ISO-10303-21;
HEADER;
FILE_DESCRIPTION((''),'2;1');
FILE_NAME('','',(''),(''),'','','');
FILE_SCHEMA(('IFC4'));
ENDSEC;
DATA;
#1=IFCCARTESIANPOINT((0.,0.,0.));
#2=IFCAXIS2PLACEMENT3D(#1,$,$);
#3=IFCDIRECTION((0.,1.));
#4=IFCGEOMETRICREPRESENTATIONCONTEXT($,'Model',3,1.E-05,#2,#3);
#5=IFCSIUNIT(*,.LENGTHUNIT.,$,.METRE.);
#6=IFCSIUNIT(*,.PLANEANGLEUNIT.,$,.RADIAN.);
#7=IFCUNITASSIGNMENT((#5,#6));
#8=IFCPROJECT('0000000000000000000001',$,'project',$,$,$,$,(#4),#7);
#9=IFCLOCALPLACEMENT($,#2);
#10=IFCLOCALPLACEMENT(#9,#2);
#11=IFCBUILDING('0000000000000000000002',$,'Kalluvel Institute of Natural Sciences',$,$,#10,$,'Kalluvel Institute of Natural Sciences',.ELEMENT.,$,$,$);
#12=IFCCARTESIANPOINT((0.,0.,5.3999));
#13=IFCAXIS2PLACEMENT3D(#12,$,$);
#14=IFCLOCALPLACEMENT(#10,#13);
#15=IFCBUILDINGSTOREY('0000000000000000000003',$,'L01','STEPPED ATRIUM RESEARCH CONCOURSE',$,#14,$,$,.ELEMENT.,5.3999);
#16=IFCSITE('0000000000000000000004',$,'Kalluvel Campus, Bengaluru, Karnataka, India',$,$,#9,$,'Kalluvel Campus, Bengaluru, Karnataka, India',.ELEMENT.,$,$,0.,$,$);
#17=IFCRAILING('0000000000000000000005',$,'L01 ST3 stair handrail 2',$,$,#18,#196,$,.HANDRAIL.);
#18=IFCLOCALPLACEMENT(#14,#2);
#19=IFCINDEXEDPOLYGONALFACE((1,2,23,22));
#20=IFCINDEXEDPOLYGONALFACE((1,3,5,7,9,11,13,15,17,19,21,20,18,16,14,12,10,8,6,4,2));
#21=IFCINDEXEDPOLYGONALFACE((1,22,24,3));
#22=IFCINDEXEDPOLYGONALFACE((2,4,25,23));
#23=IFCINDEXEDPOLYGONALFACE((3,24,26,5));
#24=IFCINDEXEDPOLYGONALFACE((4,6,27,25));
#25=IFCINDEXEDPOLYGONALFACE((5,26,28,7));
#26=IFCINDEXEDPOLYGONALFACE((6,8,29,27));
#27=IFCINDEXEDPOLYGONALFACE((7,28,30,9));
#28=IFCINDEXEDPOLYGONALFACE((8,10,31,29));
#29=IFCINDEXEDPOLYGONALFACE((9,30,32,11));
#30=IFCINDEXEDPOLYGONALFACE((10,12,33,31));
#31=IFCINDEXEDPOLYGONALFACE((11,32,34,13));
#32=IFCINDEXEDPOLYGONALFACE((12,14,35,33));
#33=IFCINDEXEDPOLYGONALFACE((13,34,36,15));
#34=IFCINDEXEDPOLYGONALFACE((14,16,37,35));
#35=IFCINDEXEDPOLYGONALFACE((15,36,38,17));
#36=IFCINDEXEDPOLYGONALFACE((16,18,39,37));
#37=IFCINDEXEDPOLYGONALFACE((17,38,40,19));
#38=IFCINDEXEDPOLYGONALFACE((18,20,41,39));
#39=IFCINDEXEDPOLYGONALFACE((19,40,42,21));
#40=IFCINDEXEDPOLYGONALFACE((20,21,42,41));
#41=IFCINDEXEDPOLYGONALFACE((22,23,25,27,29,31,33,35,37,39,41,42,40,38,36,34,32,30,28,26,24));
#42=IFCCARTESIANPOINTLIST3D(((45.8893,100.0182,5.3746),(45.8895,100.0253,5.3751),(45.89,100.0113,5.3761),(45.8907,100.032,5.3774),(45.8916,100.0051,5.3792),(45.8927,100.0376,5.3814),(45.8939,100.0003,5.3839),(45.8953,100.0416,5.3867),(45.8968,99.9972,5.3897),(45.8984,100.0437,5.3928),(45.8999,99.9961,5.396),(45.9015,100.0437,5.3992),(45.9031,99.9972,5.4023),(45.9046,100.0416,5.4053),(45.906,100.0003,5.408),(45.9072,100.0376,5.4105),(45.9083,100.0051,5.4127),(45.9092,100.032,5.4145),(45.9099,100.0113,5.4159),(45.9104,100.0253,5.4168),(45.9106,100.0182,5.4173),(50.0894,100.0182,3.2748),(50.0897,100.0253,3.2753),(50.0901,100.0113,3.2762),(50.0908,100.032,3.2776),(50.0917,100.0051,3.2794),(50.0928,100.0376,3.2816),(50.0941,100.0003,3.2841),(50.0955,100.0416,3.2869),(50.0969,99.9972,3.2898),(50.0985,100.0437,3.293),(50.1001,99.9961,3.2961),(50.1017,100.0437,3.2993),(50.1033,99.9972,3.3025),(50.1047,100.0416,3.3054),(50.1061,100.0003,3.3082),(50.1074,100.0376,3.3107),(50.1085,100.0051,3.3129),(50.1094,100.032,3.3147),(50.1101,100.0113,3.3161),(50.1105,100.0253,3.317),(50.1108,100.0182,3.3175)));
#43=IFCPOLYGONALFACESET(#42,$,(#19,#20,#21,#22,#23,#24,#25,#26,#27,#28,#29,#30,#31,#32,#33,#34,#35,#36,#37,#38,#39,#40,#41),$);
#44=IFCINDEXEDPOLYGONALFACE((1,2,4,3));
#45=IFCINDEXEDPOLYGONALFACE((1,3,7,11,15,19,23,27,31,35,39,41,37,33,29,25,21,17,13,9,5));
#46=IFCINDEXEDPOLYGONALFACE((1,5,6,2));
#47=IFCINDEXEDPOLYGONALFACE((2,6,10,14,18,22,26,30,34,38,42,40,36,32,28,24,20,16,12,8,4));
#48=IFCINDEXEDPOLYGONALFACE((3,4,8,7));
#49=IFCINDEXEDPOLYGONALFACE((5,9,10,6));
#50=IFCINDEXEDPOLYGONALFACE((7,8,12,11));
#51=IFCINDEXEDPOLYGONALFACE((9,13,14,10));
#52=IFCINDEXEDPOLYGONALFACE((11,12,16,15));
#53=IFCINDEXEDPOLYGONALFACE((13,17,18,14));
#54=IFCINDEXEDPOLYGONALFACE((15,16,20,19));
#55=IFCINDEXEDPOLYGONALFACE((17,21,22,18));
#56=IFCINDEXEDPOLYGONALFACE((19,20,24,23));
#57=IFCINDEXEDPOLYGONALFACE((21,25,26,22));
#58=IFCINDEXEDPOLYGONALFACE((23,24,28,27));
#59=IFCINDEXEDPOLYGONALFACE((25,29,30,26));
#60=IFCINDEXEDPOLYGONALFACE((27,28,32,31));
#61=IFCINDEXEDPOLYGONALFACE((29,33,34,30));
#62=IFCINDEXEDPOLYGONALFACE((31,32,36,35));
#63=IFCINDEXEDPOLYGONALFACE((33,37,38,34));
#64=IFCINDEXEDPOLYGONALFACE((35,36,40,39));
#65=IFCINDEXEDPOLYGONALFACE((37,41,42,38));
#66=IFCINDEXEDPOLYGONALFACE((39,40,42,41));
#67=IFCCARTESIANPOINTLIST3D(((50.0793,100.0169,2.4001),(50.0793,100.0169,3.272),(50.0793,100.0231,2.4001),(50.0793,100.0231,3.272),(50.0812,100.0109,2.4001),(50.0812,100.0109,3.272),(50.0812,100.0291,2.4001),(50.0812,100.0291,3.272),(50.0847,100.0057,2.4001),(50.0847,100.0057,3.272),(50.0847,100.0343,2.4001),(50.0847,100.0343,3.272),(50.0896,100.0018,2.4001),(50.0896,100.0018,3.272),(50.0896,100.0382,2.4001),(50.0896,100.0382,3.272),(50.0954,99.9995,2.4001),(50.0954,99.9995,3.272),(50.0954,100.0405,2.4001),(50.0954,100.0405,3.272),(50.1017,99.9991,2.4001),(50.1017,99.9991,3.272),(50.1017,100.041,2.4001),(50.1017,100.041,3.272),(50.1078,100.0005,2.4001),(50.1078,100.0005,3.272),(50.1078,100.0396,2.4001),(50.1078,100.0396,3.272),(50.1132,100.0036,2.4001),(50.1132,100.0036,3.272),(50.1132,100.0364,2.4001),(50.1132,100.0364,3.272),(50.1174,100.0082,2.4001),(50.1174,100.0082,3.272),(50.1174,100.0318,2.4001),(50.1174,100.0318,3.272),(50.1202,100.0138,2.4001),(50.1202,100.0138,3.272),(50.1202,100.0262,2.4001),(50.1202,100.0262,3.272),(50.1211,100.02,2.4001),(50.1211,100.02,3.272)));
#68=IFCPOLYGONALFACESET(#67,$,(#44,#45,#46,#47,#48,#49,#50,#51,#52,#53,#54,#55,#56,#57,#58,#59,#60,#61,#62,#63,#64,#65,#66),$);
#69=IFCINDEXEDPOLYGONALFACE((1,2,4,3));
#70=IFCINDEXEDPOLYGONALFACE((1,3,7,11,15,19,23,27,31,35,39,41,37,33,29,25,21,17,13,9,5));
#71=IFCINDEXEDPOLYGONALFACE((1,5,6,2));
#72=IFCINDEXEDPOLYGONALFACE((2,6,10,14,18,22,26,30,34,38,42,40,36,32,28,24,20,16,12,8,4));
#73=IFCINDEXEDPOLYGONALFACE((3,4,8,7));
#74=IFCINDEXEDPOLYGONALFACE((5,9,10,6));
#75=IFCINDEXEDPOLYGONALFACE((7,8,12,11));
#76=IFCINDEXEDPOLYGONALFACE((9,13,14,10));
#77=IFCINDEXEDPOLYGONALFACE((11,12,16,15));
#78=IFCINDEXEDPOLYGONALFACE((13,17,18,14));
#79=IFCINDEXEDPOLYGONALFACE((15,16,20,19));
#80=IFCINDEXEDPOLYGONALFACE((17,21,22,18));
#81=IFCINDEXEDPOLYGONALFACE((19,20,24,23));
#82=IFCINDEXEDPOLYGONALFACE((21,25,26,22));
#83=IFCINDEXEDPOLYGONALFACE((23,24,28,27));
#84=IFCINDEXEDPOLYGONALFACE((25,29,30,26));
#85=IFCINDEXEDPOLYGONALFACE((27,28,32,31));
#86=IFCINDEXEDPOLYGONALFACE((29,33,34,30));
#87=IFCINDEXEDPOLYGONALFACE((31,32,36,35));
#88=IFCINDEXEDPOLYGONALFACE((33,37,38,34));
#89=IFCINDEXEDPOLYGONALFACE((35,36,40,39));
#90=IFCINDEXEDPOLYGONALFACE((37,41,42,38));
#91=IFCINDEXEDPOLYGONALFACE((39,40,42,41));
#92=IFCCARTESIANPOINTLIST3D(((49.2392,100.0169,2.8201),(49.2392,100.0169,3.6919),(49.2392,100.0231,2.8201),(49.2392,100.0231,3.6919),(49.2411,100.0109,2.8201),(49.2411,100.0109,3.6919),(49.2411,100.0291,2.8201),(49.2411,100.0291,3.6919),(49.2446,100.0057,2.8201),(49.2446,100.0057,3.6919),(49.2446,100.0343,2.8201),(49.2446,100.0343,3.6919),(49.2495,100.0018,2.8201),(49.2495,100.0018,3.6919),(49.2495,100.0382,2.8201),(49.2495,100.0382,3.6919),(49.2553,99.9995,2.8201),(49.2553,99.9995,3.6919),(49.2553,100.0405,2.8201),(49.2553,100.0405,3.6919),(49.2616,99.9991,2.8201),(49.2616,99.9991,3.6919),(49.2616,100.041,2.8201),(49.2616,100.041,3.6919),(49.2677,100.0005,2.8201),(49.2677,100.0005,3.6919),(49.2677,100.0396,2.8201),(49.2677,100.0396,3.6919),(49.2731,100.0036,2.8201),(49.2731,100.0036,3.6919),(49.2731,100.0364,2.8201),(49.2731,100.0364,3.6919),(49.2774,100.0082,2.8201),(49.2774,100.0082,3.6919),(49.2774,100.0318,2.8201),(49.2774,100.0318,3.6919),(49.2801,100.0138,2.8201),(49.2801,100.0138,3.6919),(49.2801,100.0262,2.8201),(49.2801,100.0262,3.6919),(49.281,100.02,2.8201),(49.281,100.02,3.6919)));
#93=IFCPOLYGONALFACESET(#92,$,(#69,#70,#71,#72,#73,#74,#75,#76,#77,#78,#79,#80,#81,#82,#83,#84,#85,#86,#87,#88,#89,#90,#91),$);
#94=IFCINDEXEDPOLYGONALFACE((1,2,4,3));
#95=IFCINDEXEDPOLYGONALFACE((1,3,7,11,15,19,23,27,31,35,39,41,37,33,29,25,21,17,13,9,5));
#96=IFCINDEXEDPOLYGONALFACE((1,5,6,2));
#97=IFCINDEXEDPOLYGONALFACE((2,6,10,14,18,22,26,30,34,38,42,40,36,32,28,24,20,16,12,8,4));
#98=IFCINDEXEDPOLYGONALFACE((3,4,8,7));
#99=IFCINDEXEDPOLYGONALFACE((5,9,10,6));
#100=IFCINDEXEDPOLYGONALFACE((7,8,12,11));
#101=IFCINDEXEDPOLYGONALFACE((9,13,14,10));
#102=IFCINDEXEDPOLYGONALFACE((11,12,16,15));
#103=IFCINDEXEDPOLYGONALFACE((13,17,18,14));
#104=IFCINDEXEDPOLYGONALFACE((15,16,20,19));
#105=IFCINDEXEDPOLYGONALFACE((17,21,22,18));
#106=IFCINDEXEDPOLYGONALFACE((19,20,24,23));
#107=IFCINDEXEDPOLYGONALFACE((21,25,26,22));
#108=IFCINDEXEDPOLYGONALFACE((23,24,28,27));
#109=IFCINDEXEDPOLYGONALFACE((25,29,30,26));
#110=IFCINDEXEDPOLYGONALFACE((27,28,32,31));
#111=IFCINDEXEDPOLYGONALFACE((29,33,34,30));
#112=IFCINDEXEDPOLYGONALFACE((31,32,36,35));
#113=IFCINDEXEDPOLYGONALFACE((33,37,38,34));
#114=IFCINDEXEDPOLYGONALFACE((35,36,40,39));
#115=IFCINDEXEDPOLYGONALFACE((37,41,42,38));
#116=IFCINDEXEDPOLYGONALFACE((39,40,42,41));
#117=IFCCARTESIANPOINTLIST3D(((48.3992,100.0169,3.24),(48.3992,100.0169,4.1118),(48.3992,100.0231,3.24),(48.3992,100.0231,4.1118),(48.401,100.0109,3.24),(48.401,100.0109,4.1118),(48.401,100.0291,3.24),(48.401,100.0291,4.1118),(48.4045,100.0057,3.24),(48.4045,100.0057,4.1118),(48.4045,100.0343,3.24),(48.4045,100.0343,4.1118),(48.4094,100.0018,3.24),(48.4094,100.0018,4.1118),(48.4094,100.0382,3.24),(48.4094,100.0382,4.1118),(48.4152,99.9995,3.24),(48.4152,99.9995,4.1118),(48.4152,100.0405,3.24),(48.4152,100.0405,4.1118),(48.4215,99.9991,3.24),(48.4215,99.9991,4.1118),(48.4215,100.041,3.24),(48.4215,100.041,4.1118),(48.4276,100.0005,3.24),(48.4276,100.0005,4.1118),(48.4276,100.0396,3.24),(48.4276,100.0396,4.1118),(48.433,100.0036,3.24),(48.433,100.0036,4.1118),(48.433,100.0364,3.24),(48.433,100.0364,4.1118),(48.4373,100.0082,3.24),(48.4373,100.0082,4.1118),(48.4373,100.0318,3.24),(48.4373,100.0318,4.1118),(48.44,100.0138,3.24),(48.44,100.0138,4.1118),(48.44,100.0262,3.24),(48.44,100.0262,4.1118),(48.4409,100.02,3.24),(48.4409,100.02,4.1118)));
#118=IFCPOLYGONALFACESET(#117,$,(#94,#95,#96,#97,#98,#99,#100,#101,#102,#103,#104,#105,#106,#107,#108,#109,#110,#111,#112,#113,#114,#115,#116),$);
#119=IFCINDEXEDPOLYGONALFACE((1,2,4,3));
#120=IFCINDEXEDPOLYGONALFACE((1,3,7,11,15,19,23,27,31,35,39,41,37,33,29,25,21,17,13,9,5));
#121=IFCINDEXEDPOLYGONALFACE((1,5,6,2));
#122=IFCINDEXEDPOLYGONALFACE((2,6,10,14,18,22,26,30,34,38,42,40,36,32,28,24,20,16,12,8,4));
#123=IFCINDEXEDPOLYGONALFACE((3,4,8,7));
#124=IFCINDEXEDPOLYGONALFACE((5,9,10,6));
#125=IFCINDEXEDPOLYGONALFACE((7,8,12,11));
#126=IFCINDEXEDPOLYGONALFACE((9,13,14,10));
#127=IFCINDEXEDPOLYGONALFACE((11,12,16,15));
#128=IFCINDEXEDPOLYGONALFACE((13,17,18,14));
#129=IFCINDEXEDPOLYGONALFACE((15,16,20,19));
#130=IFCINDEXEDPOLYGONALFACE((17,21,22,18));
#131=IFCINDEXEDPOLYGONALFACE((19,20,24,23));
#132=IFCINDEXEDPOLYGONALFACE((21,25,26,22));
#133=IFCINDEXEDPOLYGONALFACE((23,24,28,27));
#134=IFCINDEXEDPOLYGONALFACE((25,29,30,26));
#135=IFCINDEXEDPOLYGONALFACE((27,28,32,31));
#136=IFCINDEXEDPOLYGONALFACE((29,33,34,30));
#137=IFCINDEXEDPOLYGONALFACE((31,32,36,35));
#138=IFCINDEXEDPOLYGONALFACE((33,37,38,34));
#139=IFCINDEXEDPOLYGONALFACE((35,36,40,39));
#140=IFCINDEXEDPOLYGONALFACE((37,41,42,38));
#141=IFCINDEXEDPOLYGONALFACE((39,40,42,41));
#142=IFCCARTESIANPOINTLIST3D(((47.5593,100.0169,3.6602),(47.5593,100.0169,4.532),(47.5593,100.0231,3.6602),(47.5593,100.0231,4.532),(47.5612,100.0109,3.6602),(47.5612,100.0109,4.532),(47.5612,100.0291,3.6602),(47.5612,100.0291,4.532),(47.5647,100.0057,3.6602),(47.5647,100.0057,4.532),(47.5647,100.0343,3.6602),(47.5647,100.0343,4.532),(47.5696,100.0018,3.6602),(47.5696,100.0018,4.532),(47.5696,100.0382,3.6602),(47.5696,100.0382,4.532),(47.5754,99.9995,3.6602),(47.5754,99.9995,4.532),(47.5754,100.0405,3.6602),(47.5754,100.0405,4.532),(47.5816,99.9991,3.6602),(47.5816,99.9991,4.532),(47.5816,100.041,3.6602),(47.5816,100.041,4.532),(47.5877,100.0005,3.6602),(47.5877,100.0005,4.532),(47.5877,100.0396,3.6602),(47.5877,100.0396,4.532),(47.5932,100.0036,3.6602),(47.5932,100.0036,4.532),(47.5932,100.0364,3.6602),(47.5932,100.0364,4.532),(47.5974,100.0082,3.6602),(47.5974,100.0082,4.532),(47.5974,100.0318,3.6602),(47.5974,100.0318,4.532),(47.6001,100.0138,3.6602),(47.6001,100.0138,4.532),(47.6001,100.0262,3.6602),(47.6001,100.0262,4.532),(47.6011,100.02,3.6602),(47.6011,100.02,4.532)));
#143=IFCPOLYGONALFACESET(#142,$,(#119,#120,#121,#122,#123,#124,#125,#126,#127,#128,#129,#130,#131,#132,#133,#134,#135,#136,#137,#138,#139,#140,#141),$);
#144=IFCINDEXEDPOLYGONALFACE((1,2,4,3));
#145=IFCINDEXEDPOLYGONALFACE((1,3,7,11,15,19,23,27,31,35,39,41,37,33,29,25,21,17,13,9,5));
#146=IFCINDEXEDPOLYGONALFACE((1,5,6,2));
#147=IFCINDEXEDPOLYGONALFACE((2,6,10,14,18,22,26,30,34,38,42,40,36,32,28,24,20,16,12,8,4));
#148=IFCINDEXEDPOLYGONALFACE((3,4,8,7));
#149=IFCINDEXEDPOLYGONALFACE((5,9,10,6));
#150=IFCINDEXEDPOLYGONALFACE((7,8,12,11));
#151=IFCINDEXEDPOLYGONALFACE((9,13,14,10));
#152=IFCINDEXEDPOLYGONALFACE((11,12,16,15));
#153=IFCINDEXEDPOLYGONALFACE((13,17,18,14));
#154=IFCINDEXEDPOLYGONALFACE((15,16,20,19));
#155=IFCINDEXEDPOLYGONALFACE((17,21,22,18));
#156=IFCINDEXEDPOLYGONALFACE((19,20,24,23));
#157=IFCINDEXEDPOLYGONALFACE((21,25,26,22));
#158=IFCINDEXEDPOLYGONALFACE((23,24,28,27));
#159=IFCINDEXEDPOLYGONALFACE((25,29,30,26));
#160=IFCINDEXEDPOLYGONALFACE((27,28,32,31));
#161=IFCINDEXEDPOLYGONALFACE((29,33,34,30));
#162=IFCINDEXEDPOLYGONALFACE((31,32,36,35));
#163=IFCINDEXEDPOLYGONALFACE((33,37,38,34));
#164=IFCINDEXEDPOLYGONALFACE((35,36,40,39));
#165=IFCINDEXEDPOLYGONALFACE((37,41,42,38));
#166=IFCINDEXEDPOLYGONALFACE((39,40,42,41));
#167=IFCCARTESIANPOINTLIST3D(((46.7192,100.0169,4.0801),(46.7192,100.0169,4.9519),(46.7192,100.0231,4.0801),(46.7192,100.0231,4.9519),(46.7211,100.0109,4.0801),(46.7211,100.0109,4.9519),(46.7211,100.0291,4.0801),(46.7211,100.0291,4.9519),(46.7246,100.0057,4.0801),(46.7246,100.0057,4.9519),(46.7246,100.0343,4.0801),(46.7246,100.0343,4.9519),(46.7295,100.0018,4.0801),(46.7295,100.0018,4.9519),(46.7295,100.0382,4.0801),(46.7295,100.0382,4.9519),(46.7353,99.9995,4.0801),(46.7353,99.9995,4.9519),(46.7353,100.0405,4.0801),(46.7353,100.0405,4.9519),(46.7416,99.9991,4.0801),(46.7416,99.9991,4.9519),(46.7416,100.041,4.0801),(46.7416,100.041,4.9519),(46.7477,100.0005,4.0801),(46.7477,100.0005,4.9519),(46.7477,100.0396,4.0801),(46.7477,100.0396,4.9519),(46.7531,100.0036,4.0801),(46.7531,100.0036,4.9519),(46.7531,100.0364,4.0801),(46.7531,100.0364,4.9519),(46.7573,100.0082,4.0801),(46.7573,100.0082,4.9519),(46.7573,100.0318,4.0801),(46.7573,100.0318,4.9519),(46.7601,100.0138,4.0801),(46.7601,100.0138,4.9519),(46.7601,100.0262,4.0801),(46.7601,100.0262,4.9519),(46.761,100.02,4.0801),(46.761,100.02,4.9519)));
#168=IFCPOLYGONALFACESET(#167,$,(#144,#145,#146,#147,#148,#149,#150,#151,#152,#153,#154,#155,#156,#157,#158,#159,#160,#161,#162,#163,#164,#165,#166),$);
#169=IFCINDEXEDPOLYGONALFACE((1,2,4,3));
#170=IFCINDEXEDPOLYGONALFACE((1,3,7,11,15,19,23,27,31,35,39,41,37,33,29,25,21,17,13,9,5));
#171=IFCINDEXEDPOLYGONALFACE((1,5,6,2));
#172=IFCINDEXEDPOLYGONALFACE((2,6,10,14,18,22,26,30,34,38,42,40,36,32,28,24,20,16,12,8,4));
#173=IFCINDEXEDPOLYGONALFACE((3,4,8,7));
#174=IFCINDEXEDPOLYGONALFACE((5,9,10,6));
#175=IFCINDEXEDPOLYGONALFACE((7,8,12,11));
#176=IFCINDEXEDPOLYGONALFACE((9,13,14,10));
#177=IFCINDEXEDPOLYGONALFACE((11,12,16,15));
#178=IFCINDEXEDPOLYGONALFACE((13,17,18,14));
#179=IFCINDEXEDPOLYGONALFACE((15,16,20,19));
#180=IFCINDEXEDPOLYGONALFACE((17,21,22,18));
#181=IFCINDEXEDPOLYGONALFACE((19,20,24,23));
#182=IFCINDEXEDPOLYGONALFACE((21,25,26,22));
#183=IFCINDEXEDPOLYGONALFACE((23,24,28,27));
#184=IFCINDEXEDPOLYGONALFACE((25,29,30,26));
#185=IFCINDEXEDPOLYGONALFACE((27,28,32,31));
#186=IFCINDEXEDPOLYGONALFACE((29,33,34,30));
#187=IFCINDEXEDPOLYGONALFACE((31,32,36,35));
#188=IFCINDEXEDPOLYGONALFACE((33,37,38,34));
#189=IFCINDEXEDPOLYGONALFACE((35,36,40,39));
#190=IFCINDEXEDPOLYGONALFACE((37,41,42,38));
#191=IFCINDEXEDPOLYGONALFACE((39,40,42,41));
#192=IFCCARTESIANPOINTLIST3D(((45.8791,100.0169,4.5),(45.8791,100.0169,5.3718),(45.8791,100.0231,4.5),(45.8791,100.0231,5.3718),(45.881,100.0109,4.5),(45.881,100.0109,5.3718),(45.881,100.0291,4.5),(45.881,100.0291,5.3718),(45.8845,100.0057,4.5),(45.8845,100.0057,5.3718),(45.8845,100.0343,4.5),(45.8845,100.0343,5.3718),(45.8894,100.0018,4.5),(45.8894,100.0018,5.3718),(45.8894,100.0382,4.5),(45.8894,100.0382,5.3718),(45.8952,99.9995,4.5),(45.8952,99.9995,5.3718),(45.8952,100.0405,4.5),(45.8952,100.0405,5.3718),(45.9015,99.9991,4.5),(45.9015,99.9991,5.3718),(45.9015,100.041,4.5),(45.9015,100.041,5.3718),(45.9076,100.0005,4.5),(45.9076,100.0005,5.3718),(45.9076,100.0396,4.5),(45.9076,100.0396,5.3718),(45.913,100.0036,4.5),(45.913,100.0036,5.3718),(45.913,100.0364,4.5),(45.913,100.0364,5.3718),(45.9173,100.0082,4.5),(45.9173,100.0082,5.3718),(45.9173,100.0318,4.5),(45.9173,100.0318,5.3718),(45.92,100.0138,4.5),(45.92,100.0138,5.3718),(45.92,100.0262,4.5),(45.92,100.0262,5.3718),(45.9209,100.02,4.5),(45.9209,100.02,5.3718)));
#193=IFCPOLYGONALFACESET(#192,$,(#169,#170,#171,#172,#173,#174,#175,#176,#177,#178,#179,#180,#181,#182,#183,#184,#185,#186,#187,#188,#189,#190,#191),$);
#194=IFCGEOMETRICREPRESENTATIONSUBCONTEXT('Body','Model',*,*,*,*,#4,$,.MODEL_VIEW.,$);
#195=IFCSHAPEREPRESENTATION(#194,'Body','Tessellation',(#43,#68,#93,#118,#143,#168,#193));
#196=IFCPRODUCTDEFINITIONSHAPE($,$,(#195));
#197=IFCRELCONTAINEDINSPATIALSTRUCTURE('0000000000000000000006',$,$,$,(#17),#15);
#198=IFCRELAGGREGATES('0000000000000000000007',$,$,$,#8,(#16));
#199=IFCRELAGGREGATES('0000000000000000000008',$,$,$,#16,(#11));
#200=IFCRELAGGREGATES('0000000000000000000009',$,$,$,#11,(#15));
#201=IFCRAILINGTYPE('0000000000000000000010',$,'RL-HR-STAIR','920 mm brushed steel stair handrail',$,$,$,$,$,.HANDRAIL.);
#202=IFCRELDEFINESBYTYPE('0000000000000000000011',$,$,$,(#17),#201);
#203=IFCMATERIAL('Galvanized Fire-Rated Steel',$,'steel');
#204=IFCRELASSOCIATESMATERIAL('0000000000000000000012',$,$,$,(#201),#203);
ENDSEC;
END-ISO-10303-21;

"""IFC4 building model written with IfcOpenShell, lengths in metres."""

from ifc_helpers import new_model, si_unit, direction, frame, origin, origin_2d, place, context, subcontext, project, spatial, circle, extrude, material, type_object, element, save


model = new_model("IFC4")

# Units and contexts
model_context = context("Model", 3, precision=1e-05, world=origin(), true_north=direction((0.0, 1.0)))
body_context = subcontext(model_context, "Body", "Model", "MODEL_VIEW")
ifc_project = project(units=[si_unit("LENGTHUNIT", "METRE"), si_unit("PLANEANGLEUNIT", "RADIAN")], contexts=[model_context])

# Site, building, storey
site_placement = place(None, origin())
site = spatial("IfcSite", under=ifc_project, at=site_placement, Name="Kalluvel Campus, Bengaluru, Karnataka, India", LongName="Kalluvel Campus, Bengaluru, Karnataka, India", CompositionType="ELEMENT", RefElevation=0.0)
building_placement = place(site_placement, origin())
building = spatial("IfcBuilding", under=site, at=building_placement, Name="Kalluvel Institute of Natural Sciences", LongName="Kalluvel Institute of Natural Sciences", CompositionType="ELEMENT")
storey_placement = place(building_placement, frame((0.0, 0.0, 5.3999)))
storey = spatial("IfcBuildingStorey", under=building, at=storey_placement, Name="L01", Description="STEPPED ATRIUM RESEARCH CONCOURSE", CompositionType="ELEMENT", Elevation=5.3999)

# Shared definitions
ifc_material_1 = material(Name="Galvanized Fire-Rated Steel", Category="steel")

# Railing
railing_type_1 = type_object("IfcRailingType", Name="RL-HR-STAIR", Description="920 mm brushed steel stair handrail", PredefinedType="HANDRAIL", material=ifc_material_1)
railing_1_placement = place(storey_placement, frame((50.1001, 100.02, 2.4001)))
element("IfcRailing", 1, at=railing_1_placement, inside=storey, type_object=railing_type_1, Name="L01 ST3 stair handrail 2", PredefinedType="HANDRAIL", context=body_context, shape_type="SweptSolid", body=[
    extrude(circle(Radius=0.0239, at=origin_2d()), frame((0.0, 0.0, 0.896), z_axis=(-0.894448, 0.0, 0.447172), x_axis=(0.0, -1.0, 0.0)), (0.0, 0.0, 1.0), 4.6958),
    extrude(circle(Radius=0.021, at=origin_2d()), origin(), (0.0, 0.0, 1.0), 0.8718),
    extrude(circle(Radius=0.021, at=origin_2d()), frame((-0.8401, 0.0, 0.4199)), (0.0, 0.0, 1.0), 0.8718),
    extrude(circle(Radius=0.021, at=origin_2d()), frame((-1.6802, 0.0, 0.8398)), (0.0, 0.0, 1.0), 0.8718),
    extrude(circle(Radius=0.021, at=origin_2d()), frame((-2.52, 0.0, 1.26)), (0.0, 0.0, 1.0), 0.8718),
    extrude(circle(Radius=0.021, at=origin_2d()), frame((-3.3601, 0.0, 1.6799)), (0.0, 0.0, 1.0), 0.8718),
    extrude(circle(Radius=0.021, at=origin_2d()), frame((-4.2002, 0.0, 2.0999)), (0.0, 0.0, 1.0), 0.8718),
])

save(model, "model.ifc")
